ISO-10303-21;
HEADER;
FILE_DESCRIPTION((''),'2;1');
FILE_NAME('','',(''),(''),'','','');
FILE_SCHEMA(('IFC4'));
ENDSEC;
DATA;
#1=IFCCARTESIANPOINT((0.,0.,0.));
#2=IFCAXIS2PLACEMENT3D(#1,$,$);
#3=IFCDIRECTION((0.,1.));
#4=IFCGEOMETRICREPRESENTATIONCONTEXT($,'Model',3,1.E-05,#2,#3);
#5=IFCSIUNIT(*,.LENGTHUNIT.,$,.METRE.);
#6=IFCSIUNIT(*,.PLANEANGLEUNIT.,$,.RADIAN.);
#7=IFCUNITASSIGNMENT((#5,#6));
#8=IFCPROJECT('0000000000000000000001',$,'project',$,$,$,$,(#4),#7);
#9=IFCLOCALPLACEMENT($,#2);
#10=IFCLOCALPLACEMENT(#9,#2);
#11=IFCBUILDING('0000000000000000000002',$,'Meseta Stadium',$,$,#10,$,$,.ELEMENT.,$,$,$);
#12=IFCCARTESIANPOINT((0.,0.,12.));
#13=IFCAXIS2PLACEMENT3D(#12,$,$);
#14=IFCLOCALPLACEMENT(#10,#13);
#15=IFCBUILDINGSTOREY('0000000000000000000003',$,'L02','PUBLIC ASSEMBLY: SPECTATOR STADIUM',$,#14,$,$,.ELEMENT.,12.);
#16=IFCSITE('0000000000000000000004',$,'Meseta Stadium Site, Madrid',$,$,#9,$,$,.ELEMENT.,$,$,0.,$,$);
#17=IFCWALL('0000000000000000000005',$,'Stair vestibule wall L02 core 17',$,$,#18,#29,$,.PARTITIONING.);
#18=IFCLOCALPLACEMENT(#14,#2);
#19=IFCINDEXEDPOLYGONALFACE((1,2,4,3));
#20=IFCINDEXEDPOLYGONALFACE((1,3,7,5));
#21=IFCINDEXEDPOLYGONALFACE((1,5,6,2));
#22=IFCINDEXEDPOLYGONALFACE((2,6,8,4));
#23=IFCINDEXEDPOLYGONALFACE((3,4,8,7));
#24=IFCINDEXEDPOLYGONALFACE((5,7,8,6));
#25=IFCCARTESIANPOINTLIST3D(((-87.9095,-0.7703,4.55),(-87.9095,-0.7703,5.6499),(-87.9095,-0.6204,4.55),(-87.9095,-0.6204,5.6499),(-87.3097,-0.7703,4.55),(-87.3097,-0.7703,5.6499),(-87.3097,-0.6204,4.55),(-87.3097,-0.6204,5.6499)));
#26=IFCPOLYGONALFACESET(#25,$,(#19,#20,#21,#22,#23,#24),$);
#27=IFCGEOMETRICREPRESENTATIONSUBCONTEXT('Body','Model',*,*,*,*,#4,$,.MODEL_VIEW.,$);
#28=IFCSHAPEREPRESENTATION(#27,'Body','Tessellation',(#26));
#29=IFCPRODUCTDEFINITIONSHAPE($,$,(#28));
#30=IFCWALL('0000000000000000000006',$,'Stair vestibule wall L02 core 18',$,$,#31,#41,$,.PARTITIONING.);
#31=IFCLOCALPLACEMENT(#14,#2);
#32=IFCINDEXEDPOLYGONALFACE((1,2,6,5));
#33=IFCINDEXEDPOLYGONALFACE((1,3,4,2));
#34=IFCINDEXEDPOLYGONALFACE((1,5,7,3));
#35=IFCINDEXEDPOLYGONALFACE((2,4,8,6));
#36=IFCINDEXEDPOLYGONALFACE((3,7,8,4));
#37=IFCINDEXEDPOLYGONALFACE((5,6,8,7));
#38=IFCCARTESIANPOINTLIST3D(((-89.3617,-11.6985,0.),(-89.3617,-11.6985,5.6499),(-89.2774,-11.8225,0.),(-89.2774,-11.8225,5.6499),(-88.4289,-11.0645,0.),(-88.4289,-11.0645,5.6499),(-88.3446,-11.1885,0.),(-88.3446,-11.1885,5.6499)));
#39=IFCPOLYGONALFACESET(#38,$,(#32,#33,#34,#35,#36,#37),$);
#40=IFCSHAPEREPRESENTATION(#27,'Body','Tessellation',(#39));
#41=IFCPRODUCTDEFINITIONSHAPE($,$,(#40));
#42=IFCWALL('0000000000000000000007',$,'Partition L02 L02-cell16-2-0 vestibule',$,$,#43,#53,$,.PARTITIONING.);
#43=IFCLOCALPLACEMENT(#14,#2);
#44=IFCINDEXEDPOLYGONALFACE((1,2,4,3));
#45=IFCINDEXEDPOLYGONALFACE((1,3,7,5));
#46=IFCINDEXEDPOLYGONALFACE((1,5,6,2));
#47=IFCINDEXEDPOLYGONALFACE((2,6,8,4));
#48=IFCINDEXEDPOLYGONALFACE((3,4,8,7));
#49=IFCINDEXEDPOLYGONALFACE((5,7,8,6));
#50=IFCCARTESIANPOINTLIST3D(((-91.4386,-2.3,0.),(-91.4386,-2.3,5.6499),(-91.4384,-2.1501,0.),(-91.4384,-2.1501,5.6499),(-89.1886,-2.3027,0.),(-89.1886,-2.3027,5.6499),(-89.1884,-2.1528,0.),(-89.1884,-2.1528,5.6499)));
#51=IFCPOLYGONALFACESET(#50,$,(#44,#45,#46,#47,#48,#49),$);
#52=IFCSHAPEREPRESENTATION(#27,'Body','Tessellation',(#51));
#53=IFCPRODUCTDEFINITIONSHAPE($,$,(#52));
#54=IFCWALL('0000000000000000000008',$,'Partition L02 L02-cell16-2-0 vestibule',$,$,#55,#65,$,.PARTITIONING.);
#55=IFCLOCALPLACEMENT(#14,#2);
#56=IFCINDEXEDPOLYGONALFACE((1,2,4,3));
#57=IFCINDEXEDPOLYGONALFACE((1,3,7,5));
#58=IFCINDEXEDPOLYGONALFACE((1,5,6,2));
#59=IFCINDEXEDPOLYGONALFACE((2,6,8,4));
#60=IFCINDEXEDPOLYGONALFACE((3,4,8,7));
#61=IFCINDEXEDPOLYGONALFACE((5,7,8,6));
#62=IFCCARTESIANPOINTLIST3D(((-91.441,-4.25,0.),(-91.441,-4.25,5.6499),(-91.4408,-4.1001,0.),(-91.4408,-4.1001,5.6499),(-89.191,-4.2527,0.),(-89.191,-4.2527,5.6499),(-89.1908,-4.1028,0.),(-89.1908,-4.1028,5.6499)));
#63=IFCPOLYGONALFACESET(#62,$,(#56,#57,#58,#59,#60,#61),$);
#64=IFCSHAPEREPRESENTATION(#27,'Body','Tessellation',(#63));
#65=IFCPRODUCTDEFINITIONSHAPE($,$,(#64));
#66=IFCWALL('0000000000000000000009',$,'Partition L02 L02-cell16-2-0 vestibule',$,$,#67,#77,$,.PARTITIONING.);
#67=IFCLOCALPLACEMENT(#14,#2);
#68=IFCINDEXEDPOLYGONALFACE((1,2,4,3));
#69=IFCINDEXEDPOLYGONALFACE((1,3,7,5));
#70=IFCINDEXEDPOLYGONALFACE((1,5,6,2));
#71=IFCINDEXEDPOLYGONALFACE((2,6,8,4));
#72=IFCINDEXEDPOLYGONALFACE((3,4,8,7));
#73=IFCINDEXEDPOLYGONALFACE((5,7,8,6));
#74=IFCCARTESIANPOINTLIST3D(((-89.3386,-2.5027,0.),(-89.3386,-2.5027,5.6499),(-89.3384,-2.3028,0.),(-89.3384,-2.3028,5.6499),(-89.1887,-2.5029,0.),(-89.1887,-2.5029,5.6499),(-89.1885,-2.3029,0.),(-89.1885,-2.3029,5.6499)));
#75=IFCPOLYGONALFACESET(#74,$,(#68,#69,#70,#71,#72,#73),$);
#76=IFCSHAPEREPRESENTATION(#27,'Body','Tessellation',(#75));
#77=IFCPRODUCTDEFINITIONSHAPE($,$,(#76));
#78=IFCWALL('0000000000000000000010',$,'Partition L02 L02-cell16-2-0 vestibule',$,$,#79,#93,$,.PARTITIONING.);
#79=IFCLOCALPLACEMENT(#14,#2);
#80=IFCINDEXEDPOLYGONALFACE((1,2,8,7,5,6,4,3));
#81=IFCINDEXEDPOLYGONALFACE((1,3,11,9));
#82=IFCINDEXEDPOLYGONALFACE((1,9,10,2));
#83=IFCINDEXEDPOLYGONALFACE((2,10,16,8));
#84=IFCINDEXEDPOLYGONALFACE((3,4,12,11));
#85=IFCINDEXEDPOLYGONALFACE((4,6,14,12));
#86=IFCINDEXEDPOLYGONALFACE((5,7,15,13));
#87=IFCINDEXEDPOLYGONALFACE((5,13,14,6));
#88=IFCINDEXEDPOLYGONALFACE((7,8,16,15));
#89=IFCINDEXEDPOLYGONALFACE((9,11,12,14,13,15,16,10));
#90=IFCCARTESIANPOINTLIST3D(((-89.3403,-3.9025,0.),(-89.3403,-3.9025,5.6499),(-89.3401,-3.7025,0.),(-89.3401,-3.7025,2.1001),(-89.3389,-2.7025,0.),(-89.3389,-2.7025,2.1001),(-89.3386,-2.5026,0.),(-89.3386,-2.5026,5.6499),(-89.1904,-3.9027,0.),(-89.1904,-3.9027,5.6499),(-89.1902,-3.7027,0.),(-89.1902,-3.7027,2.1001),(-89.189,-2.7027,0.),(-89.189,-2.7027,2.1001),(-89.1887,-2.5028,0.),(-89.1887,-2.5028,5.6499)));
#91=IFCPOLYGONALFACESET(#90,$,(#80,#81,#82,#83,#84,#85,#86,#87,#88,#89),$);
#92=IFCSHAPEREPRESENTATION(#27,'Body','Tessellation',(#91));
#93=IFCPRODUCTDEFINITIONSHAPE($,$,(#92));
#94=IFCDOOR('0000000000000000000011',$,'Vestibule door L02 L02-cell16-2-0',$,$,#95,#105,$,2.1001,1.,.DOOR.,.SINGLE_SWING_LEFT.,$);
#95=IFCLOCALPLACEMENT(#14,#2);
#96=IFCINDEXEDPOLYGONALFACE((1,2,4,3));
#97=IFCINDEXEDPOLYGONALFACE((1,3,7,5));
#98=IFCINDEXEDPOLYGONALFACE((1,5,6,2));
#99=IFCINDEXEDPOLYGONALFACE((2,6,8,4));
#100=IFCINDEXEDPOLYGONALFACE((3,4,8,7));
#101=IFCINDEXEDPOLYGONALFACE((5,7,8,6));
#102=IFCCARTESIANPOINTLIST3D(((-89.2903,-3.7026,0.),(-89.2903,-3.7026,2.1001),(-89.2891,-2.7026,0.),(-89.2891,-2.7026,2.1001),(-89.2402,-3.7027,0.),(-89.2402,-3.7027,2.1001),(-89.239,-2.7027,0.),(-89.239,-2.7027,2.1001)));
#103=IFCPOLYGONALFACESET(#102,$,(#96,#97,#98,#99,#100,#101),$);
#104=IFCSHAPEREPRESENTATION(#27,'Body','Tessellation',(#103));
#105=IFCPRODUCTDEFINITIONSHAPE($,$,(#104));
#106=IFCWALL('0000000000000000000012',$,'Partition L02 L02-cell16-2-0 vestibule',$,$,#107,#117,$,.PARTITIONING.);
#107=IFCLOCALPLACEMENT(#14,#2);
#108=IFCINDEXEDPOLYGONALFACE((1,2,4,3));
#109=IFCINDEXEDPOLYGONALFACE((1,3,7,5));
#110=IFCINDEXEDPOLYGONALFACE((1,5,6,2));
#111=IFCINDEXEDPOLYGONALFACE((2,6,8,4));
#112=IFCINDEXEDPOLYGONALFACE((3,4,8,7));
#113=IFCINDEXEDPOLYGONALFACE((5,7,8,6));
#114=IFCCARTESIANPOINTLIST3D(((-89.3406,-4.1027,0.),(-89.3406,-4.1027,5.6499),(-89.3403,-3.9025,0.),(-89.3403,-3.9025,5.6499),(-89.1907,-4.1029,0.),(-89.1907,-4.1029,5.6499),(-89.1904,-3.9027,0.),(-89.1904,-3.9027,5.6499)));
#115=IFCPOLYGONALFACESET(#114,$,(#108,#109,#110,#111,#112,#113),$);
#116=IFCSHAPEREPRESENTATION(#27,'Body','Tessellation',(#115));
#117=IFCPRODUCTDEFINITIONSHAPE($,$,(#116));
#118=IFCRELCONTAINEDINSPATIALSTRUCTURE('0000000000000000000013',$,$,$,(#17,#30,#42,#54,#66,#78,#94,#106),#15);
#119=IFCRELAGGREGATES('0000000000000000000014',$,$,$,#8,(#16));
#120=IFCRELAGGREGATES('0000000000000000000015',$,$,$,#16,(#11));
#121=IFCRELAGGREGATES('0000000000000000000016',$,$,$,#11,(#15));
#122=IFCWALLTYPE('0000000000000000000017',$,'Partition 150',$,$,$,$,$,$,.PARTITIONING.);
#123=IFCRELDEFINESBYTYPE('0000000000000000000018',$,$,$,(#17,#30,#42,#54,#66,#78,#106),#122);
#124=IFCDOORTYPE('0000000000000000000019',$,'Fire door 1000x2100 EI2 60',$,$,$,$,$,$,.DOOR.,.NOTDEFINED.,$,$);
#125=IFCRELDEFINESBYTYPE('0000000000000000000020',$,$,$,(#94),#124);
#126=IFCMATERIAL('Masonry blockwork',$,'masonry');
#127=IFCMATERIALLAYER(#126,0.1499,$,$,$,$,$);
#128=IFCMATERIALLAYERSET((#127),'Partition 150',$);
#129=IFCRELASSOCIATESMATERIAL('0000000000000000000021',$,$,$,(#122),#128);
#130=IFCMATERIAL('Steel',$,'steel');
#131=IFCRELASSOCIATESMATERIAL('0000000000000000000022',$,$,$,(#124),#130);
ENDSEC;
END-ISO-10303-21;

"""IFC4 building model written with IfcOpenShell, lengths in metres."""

from ifc_helpers import new_model, si_unit, direction, frame, frame_2d, origin, place, context, subcontext, project, spatial, rectangle, extrude, material, layer, layer_set, type_object, element, fill, save


model = new_model("IFC4")

# Units and contexts
model_context = context("Model", 3, precision=1e-05, world=origin(), true_north=direction((0.0, 1.0)))
body_context = subcontext(model_context, "Body", "Model", "MODEL_VIEW")
ifc_project = project(units=[si_unit("LENGTHUNIT", "METRE"), si_unit("PLANEANGLEUNIT", "RADIAN")], contexts=[model_context])

# Site, building, storey
site_placement = place(None, origin())
site = spatial("IfcSite", under=ifc_project, at=site_placement, Name="Meseta Stadium Site, Madrid", CompositionType="ELEMENT", RefElevation=0.0)
building_placement = place(site_placement, origin())
building = spatial("IfcBuilding", under=site, at=building_placement, Name="Meseta Stadium", CompositionType="ELEMENT")
storey_placement = place(building_placement, frame((0.0, 0.0, 12.0)))
storey = spatial("IfcBuildingStorey", under=building, at=storey_placement, Name="L02", Description="PUBLIC ASSEMBLY: SPECTATOR STADIUM", CompositionType="ELEMENT", Elevation=12.0)

# Shared definitions
ifc_material_1 = material(Name="Masonry blockwork", Category="masonry")
ifc_layer = layer(ifc_material_1, 0.1499)
ifc_layer_set = layer_set([ifc_layer], Name="Partition 150")
wall_type = type_object("IfcWallType", Name="Partition 150", PredefinedType="PARTITIONING", material=ifc_layer_set)

# Walls
wall_1_placement = place(storey_placement, frame((-87.9094, -0.6953, 4.55), z_axis=(0.0, 0.0, 1.0), x_axis=(1.0, 0.0, 0.0)))
element("IfcWall", 1, at=wall_1_placement, inside=storey, type_object=wall_type, Name="Stair vestibule wall L02 core 17", PredefinedType="PARTITIONING", context=body_context, shape_type="SweptSolid", body=[
    extrude(rectangle(XDim=0.5999, YDim=0.1499, at=frame_2d((0.2998, 0.0))), origin(), (0.0, 0.0, 1.0), 1.0999),
])
wall_2_placement = place(storey_placement, frame((-88.3867, -11.1265, 0.0), z_axis=(0.0, 0.0, 1.0), x_axis=(-0.827055, -0.562121, 0.0)))
element("IfcWall", 2, at=wall_2_placement, inside=storey, type_object=wall_type, Name="Stair vestibule wall L02 core 18", PredefinedType="PARTITIONING", context=body_context, shape_type="SweptSolid", body=[
    extrude(rectangle(XDim=1.1279, YDim=0.1499, at=frame_2d((0.564, 0.0))), origin(), (0.0, 0.0, 1.0), 5.6499),
])
for number, where, z_axis, x_axis, name in (
    (3, (-91.4385, -2.2251, 0.0), (0.0, 0.0, 1.0), (0.999999, -0.001194, 0.0), "Partition L02 L02-cell16-2-0 vestibule"),
    (4, (-91.4409, -4.175, 0.0), (0.0, 0.0, 1.0), (0.999999, -0.001194, 0.0), "Partition L02 L02-cell16-2-0 vestibule"),
):
    element("IfcWall", number, at=place(storey_placement, frame(where, z_axis=z_axis, x_axis=x_axis)), inside=storey, type_object=wall_type, Name=name, PredefinedType="PARTITIONING", context=body_context, shape_type="SweptSolid", body=[
        extrude(rectangle(XDim=2.25, YDim=0.1499, at=frame_2d((1.125, 0.0))), origin(), (0.0, 0.0, 1.0), 5.6499),
    ])
wall_3_placement = place(storey_placement, frame((-89.2634, -2.3027, 0.0), z_axis=(0.0, 0.0, 1.0), x_axis=(-0.001221, -0.999999, 0.0)))
element("IfcWall", 5, at=wall_3_placement, inside=storey, type_object=wall_type, Name="Partition L02 L02-cell16-2-0 vestibule", PredefinedType="PARTITIONING", context=body_context, shape_type="SweptSolid", body=[
    extrude(rectangle(XDim=0.2, YDim=0.1499, at=frame_2d((0.1001, 0.0))), origin(), (0.0, 0.0, 1.0), 5.6499),
])

# Wall, opening, door
wall_4_placement = place(storey_placement, frame((-89.2637, -2.5027, 0.0), z_axis=(0.0, 0.0, 1.0), x_axis=(-0.001221, -0.999999, 0.0)))
wall_4 = element("IfcWall", 6, at=wall_4_placement, inside=storey, type_object=wall_type, Name="Partition L02 L02-cell16-2-0 vestibule", PredefinedType="PARTITIONING", context=body_context, shape_type="SweptSolid", body=[
    extrude(rectangle(XDim=1.3999, YDim=0.1499, at=frame_2d((0.7, 0.0))), origin(), (0.0, 0.0, 1.0), 5.6499),
])
opening_1_placement = place(wall_4_placement, frame((0.2, 0.0, 0.0)))
opening_1 = element("IfcOpeningElement", 7, at=opening_1_placement, cuts=wall_4, PredefinedType="OPENING", context=body_context, shape_type="SweptSolid", body=[
    extrude(rectangle(XDim=1.0, YDim=2.1001, at=frame_2d((0.5, 1.05))), frame((0.0, 0.085, 0.0), z_axis=(0.0, -1.0, 0.0), x_axis=(1.0, 0.0, 0.0)), (0.0, 0.0, 1.0), 0.1699),
])
ifc_material_2 = material(Name="Steel", Category="steel")
door_type_1 = type_object("IfcDoorType", Name="Fire door 1000x2100 EI2 60", OperationType="NOTDEFINED", PredefinedType="DOOR", material=ifc_material_2)
door_1_placement = place(opening_1_placement, origin())
door_1 = element("IfcDoor", 8, at=door_1_placement, inside=storey, type_object=door_type_1, Name="Vestibule door L02 L02-cell16-2-0", OperationType="SINGLE_SWING_LEFT", OverallHeight=2.1001, OverallWidth=1.0, PredefinedType="DOOR", context=body_context, shape_type="SweptSolid", body=[
    extrude(rectangle(XDim=1.0, YDim=2.1001, at=frame_2d((0.5, 1.05))), frame((0.0, 0.0249, 0.0), z_axis=(0.0, -1.0, 0.0), x_axis=(1.0, 0.0, 0.0)), (0.0, 0.0, 1.0), 0.05),
])
fill(opening_1, door_1)

# Wall
wall_5_placement = place(storey_placement, frame((-89.2654, -3.9026, 0.0), z_axis=(0.0, 0.0, 1.0), x_axis=(-0.00122, -0.999999, 0.0)))
element("IfcWall", 9, at=wall_5_placement, inside=storey, type_object=wall_type, Name="Partition L02 L02-cell16-2-0 vestibule", PredefinedType="PARTITIONING", context=body_context, shape_type="SweptSolid", body=[
    extrude(rectangle(XDim=0.2002, YDim=0.1499, at=frame_2d((0.1001, 0.0))), origin(), (0.0, 0.0, 1.0), 5.6499),
])

save(model, "model.ifc")
